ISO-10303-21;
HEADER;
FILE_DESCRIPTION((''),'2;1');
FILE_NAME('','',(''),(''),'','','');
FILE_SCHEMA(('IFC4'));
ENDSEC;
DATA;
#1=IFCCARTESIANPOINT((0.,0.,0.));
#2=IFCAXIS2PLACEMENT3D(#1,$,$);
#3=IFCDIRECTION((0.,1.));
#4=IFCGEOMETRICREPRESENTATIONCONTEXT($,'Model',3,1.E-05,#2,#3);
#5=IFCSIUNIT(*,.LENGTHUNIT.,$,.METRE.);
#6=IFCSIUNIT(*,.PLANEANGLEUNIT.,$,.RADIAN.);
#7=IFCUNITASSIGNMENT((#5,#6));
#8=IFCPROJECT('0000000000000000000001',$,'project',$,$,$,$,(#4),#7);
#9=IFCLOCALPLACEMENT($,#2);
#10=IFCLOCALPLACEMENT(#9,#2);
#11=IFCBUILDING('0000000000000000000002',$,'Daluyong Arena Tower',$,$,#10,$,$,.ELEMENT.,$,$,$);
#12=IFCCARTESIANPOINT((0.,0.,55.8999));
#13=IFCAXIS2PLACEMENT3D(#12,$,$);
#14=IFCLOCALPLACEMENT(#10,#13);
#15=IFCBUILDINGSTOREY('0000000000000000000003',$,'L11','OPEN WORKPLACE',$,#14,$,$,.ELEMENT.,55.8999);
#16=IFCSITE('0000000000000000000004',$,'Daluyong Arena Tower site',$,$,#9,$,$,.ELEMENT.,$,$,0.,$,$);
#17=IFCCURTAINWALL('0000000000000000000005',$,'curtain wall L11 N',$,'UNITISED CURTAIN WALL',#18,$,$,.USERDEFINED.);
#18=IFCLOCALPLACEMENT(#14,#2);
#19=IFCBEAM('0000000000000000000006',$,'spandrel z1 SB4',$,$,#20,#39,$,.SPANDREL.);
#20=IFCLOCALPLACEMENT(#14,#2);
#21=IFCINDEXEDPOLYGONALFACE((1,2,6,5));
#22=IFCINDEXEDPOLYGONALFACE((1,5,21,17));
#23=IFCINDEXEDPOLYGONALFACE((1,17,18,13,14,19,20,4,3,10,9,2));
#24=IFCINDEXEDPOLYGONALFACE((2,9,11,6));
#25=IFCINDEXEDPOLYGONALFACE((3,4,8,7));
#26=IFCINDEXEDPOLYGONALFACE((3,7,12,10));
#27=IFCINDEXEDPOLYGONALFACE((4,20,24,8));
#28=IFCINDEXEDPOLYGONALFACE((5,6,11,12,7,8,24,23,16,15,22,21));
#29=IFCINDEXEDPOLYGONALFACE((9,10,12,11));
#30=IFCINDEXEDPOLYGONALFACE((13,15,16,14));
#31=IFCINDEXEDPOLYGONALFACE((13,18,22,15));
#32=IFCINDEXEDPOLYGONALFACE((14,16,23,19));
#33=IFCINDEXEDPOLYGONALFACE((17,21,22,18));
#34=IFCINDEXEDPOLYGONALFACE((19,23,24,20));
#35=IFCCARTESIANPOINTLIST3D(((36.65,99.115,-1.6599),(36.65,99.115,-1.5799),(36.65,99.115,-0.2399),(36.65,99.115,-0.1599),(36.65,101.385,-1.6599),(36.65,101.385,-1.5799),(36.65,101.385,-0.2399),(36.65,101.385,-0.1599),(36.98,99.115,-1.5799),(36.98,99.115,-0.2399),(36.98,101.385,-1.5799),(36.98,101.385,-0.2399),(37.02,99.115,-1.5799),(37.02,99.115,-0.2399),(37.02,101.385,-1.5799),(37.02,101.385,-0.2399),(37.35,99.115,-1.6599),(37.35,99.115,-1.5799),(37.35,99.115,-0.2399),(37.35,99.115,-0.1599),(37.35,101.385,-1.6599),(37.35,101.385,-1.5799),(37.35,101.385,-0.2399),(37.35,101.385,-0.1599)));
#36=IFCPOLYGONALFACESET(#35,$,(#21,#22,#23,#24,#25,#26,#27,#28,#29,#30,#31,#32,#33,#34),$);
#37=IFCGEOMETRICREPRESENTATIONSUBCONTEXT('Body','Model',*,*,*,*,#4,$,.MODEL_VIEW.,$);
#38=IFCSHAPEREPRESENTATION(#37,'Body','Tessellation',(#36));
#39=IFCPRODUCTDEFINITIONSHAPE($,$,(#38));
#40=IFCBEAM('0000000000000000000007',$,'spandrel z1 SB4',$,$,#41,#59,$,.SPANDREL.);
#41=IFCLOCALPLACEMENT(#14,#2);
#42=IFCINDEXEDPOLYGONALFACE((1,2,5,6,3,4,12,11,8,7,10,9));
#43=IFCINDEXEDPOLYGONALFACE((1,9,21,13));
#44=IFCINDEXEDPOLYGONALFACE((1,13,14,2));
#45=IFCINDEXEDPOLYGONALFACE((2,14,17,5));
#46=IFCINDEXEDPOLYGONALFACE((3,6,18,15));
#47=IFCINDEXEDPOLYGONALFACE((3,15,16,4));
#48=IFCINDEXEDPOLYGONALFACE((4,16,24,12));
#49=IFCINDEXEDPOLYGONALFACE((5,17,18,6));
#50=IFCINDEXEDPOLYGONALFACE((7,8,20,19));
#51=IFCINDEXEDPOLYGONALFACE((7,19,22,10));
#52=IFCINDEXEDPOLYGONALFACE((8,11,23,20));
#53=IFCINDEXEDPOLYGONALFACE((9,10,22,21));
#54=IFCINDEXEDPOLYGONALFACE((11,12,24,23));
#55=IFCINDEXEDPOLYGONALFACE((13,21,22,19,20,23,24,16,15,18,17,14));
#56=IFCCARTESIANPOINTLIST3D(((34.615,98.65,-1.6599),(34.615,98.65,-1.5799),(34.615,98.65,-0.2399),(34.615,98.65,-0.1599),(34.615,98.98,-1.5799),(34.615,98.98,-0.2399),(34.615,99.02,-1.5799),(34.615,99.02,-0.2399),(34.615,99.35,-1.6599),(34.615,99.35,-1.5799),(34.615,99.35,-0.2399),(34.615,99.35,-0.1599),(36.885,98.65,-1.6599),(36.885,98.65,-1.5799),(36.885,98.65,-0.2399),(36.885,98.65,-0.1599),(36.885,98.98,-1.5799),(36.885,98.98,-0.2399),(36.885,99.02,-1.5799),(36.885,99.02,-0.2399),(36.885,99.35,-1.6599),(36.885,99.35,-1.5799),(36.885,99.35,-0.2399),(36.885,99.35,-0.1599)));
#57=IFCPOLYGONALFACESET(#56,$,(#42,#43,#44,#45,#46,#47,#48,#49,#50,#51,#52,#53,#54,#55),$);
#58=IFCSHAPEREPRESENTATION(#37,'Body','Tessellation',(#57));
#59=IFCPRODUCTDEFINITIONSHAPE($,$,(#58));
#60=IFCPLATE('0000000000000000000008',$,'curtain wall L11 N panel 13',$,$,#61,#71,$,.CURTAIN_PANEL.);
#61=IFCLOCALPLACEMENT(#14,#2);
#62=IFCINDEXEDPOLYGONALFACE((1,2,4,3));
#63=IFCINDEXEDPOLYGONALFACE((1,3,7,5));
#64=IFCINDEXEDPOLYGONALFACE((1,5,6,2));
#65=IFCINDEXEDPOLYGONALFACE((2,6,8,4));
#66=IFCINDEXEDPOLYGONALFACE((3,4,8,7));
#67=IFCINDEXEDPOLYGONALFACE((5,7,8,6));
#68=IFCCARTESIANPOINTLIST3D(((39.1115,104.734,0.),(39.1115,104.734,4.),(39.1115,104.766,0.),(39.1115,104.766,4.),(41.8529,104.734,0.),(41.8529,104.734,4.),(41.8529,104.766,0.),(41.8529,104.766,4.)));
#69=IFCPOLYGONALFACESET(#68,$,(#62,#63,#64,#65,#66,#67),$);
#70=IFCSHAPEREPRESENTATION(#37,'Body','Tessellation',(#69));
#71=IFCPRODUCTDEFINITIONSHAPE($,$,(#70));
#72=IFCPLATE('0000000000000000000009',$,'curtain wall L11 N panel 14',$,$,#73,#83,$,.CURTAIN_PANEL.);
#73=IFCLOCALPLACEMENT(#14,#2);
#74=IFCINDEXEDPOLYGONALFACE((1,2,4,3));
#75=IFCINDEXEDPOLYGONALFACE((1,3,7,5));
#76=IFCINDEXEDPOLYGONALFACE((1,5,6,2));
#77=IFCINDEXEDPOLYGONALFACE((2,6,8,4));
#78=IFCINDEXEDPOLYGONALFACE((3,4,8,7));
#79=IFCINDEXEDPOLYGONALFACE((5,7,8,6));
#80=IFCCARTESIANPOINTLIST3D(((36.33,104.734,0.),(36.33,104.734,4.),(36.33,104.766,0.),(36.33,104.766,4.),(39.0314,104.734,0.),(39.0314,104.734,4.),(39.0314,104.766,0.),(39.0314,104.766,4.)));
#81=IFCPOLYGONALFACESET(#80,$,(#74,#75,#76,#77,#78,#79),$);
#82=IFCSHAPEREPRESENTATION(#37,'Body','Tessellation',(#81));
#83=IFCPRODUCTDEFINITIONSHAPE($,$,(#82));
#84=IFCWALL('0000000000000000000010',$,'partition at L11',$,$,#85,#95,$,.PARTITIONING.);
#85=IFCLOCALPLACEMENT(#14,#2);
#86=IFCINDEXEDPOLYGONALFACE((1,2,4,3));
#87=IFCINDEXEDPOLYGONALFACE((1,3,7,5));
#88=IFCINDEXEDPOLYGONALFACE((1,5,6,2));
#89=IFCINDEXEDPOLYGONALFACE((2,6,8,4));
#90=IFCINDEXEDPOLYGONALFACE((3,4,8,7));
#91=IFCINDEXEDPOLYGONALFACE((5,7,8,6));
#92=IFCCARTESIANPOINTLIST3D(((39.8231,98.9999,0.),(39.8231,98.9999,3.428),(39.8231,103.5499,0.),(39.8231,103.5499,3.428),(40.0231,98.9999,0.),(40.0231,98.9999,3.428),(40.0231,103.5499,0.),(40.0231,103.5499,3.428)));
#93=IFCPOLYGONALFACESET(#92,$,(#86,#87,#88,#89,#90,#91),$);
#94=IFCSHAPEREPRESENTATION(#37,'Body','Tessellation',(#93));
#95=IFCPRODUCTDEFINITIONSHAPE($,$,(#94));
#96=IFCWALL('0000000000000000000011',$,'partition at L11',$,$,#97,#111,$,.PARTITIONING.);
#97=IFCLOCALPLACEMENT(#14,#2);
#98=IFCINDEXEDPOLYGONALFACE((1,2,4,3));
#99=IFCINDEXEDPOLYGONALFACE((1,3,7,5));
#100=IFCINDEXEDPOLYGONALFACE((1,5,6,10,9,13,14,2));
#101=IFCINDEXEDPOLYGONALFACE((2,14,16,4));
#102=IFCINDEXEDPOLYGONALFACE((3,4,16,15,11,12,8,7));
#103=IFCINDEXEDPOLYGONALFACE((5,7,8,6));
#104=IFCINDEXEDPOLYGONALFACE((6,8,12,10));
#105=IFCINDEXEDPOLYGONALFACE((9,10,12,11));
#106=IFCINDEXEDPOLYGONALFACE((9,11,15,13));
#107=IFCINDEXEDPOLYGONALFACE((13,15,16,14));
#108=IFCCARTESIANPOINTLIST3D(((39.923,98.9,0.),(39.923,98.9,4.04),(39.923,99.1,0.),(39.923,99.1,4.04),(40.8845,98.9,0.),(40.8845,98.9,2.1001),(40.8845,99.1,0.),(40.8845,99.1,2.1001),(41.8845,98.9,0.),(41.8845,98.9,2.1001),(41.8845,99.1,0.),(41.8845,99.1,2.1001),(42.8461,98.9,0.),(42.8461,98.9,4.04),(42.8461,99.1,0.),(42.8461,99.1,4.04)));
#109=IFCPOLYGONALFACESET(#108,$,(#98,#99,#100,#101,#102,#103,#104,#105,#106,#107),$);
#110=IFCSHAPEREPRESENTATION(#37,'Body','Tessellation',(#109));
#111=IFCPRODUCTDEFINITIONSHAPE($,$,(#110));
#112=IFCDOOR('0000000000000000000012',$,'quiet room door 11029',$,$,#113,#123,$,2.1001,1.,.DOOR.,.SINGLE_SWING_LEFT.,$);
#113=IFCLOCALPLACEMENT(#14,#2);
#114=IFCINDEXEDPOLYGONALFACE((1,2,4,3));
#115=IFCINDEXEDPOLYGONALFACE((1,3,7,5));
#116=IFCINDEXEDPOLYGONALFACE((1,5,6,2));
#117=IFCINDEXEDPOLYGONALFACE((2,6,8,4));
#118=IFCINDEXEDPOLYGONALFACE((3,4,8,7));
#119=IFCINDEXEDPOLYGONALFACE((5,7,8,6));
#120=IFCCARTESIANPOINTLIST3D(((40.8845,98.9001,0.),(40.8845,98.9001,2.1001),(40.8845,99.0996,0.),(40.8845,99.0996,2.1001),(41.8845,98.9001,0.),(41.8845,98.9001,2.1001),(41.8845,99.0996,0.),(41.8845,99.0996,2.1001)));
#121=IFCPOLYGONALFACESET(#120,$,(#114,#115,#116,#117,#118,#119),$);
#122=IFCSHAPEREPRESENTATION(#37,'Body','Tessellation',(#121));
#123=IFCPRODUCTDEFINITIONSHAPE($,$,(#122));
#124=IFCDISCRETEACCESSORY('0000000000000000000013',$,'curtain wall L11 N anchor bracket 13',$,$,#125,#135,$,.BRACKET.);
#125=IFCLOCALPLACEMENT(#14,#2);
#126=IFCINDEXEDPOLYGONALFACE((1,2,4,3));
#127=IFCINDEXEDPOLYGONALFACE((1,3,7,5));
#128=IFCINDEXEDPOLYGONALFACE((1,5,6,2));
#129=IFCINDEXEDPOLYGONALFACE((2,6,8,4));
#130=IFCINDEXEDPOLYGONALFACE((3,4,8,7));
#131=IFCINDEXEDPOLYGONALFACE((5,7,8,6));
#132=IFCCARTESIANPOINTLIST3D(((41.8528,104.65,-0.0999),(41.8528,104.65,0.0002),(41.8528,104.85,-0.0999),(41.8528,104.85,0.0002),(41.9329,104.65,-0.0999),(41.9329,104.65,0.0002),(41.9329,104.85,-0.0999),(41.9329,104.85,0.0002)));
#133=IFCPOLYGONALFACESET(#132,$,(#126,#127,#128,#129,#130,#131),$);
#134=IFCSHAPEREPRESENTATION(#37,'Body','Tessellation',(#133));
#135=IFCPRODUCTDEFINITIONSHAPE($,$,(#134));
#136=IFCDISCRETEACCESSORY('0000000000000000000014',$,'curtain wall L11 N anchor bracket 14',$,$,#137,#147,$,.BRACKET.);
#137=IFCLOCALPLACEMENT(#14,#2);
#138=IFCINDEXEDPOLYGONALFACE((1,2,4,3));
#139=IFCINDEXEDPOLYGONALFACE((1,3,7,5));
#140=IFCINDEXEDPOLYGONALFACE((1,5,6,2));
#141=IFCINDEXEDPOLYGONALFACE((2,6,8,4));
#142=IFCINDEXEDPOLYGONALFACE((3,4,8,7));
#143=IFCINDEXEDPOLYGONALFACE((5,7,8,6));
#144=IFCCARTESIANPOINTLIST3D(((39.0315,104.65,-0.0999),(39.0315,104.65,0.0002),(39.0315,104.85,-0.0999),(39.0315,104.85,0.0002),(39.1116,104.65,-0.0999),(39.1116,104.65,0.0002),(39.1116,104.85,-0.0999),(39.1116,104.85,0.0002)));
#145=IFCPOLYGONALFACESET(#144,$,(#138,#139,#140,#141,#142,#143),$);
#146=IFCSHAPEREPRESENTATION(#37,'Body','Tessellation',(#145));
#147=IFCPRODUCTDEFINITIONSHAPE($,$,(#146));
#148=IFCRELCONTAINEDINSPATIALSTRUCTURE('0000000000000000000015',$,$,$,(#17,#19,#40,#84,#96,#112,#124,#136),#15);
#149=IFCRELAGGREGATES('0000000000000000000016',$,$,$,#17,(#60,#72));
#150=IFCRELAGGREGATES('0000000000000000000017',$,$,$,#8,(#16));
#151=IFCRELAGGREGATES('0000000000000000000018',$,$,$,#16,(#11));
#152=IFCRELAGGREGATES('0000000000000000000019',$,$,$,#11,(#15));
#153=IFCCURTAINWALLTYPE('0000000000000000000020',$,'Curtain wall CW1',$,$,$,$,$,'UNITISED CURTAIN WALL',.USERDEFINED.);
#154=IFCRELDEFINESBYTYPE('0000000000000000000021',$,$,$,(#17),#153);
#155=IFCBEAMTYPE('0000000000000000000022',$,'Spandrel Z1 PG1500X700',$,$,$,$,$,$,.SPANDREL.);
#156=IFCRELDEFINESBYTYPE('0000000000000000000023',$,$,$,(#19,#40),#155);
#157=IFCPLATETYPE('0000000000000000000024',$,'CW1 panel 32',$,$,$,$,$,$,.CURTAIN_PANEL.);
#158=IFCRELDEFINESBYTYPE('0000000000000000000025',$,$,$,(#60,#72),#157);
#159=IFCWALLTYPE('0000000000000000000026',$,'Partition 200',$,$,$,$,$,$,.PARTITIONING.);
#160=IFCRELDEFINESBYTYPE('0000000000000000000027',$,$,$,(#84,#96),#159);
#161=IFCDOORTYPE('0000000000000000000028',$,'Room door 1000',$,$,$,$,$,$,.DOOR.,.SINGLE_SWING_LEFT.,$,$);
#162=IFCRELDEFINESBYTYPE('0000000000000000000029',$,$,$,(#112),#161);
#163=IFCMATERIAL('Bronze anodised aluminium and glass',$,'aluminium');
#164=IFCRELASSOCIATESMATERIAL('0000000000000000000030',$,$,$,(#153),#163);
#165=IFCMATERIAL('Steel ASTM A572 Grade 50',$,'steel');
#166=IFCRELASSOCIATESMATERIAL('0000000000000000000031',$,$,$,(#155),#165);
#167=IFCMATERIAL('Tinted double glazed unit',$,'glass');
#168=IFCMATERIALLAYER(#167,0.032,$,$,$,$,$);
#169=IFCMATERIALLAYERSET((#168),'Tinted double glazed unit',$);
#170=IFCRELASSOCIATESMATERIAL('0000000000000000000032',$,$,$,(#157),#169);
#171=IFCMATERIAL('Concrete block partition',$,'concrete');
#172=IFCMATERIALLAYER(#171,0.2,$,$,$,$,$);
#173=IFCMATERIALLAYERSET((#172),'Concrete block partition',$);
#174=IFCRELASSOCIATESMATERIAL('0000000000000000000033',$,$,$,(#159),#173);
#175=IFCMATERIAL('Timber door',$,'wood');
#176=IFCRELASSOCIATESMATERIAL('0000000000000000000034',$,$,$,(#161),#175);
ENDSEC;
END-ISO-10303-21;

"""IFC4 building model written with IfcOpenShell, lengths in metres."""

from ifc_helpers import new_model, si_unit, direction, frame, frame_2d, origin, origin_2d, place, context, subcontext, project, spatial, rectangle, i_section, extrude, material, layer, layer_set, material_profile, profile_set, type_object, element, fill, aggregate, save


model = new_model("IFC4")

# Units and contexts
model_context = context("Model", 3, precision=1e-05, world=origin(), true_north=direction((0.0, 1.0)))
body_context = subcontext(model_context, "Body", "Model", "MODEL_VIEW")
ifc_project = project(units=[si_unit("LENGTHUNIT", "METRE"), si_unit("PLANEANGLEUNIT", "RADIAN")], contexts=[model_context])

# Site, building, storey
site_placement = place(None, origin())
site = spatial("IfcSite", under=ifc_project, at=site_placement, Name="Daluyong Arena Tower site", CompositionType="ELEMENT", RefElevation=0.0)
building_placement = place(site_placement, origin())
building = spatial("IfcBuilding", under=site, at=building_placement, Name="Daluyong Arena Tower", CompositionType="ELEMENT")
storey_placement = place(building_placement, frame((0.0, 0.0, 55.8999)))
storey = spatial("IfcBuildingStorey", under=building, at=storey_placement, Name="L11", Description="OPEN WORKPLACE", CompositionType="ELEMENT", Elevation=55.8999)

# Curtain wall
ifc_material_1 = material(Name="Bronze anodised aluminium and glass", Category="aluminium")
curtain_wall_type = type_object("IfcCurtainWallType", Name="Curtain wall CW1", ElementType="UNITISED CURTAIN WALL", PredefinedType="USERDEFINED", material=ifc_material_1)
curtain_wall_placement = place(storey_placement, origin())
curtain_wall = element("IfcCurtainWall", 1, at=curtain_wall_placement, inside=storey, type_object=curtain_wall_type, Name="curtain wall L11 N", ObjectType="UNITISED CURTAIN WALL", PredefinedType="USERDEFINED")

# Beams
ifc_material_2 = material(Name="Steel ASTM A572 Grade 50", Category="steel")
ifc_material_profile_1 = material_profile(ifc_material_2, i_section(OverallWidth=0.7, OverallDepth=1.5, WebThickness=0.04, FlangeThickness=0.08, at=origin_2d()))
ifc_profile_set_1 = profile_set([ifc_material_profile_1], Name="Steel ASTM A572 Grade 50")
beam_type_1 = type_object("IfcBeamType", Name="Spandrel Z1 PG1500X700", PredefinedType="SPANDREL", material=ifc_profile_set_1)
for number, where, z_axis, x_axis, name in (
    (2, (37.0, 101.385, -0.9099), (0.0, -1.0, 0.0), (1.0, 0.0, 0.0), "spandrel z1 SB4"),
    (3, (36.885, 99.0, -0.9099), (-1.0, 0.0, 0.0), (0.0, -1.0, 0.0), "spandrel z1 SB4"),
):
    element("IfcBeam", number, at=place(storey_placement, frame(where, z_axis=z_axis, x_axis=x_axis)), inside=storey, type_object=beam_type_1, Name=name, PredefinedType="SPANDREL", context=body_context, shape_type="SweptSolid", body=[
        extrude(i_section(OverallWidth=0.7, OverallDepth=1.5, WebThickness=0.04, FlangeThickness=0.08, at=origin_2d()), origin(), (0.0, 0.0, 1.0), 2.27),
    ])

# Plates
ifc_material_3 = material(Name="Tinted double glazed unit", Category="glass")
ifc_layer_1 = layer(ifc_material_3, 0.032)
ifc_layer_set_1 = layer_set([ifc_layer_1], Name="Tinted double glazed unit")
plate_type = type_object("IfcPlateType", Name="CW1 panel 32", PredefinedType="CURTAIN_PANEL", material=ifc_layer_set_1)
plate_1_placement = place(storey_placement, frame((40.4822, 104.75, 0.0), z_axis=(0.0, 0.0, 1.0), x_axis=(-1.0, 0.0, 0.0)))
plate_1 = element("IfcPlate", 4, at=plate_1_placement, type_object=plate_type, Name="curtain wall L11 N panel 13", PredefinedType="CURTAIN_PANEL", context=body_context, shape_type="SweptSolid", body=[
    extrude(rectangle(XDim=2.7415, YDim=0.032, at=origin_2d()), origin(), (0.0, 0.0, 1.0), 4.0),
])
plate_2_placement = place(storey_placement, frame((37.6807, 104.75, 0.0), z_axis=(0.0, 0.0, 1.0), x_axis=(-1.0, 0.0, 0.0)))
plate_2 = element("IfcPlate", 5, at=plate_2_placement, type_object=plate_type, Name="curtain wall L11 N panel 14", PredefinedType="CURTAIN_PANEL", context=body_context, shape_type="SweptSolid", body=[
    extrude(rectangle(XDim=2.7014, YDim=0.032, at=origin_2d()), origin(), (0.0, 0.0, 1.0), 4.0),
])
aggregate(curtain_wall, [plate_1, plate_2])

# Wall
ifc_material_4 = material(Name="Concrete block partition", Category="concrete")
ifc_layer_2 = layer(ifc_material_4, 0.2)
ifc_layer_set_2 = layer_set([ifc_layer_2], Name="Concrete block partition")
wall_type_1 = type_object("IfcWallType", Name="Partition 200", PredefinedType="PARTITIONING", material=ifc_layer_set_2)
wall_1_placement = place(storey_placement, frame((39.9231, 99.0, 0.0), z_axis=(0.0, 0.0, 1.0), x_axis=(0.0, 1.0, 0.0)))
element("IfcWall", 6, at=wall_1_placement, inside=storey, type_object=wall_type_1, Name="partition at L11", PredefinedType="PARTITIONING", context=body_context, shape_type="SweptSolid", body=[
    extrude(rectangle(XDim=4.55, YDim=0.2, at=frame_2d((2.2749, 0.0))), origin(), (0.0, 0.0, 1.0), 3.428),
])

# Wall, opening, door
wall_2_placement = place(storey_placement, frame((39.9231, 99.0, 0.0), z_axis=(0.0, 0.0, 1.0), x_axis=(1.0, 0.0, 0.0)))
wall_2 = element("IfcWall", 7, at=wall_2_placement, inside=storey, type_object=wall_type_1, Name="partition at L11", PredefinedType="PARTITIONING", context=body_context, shape_type="SweptSolid", body=[
    extrude(rectangle(XDim=2.9231, YDim=0.2, at=frame_2d((1.4614, 0.0))), origin(), (0.0, 0.0, 1.0), 4.04),
])
opening_1_placement = place(wall_2_placement, frame((0.9614, 0.0, 0.0)))
opening_1 = element("IfcOpeningElement", 8, at=opening_1_placement, cuts=wall_2, PredefinedType="OPENING", context=body_context, shape_type="SweptSolid", body=[
    extrude(rectangle(XDim=1.0, YDim=2.1001, at=frame_2d((0.5, 1.05))), frame((0.0, 0.1099, 0.0), z_axis=(0.0, -1.0, 0.0), x_axis=(1.0, 0.0, 0.0)), (0.0, 0.0, 1.0), 0.22),
])
ifc_material_5 = material(Name="Timber door", Category="wood")
door_type_1 = type_object("IfcDoorType", Name="Room door 1000", OperationType="SINGLE_SWING_LEFT", PredefinedType="DOOR", material=ifc_material_5)
door_1_placement = place(opening_1_placement, origin())
door_1 = element("IfcDoor", 9, at=door_1_placement, inside=storey, type_object=door_type_1, Name="quiet room door 11029", OperationType="SINGLE_SWING_LEFT", OverallHeight=2.1001, OverallWidth=1.0, PredefinedType="DOOR", context=body_context, shape_type="SweptSolid", body=[
    extrude(rectangle(XDim=1.0, YDim=2.1001, at=frame_2d((0.5, 1.05))), frame((0.0, 0.0996, 0.0), z_axis=(0.0, -1.0, 0.0), x_axis=(1.0, 0.0, 0.0)), (0.0, 0.0, 1.0), 0.1995),
])
fill(opening_1, door_1)

# Discrete accessories
for number, where, z_axis, x_axis, name in (
    (10, (41.8928, 104.75, -0.0999), (0.0, 0.0, 1.0), (-1.0, 0.0, 0.0), "curtain wall L11 N anchor bracket 13"),
    (11, (39.0715, 104.75, -0.0999), (0.0, 0.0, 1.0), (-1.0, 0.0, 0.0), "curtain wall L11 N anchor bracket 14"),
):
    element("IfcDiscreteAccessory", number, at=place(storey_placement, frame(where, z_axis=z_axis, x_axis=x_axis)), inside=storey, Name=name, PredefinedType="BRACKET", context=body_context, shape_type="SweptSolid", body=[
        extrude(rectangle(XDim=0.0801, YDim=0.2, at=origin_2d()), origin(), (0.0, 0.0, 1.0), 0.1001),
    ])

save(model, "model.ifc")
